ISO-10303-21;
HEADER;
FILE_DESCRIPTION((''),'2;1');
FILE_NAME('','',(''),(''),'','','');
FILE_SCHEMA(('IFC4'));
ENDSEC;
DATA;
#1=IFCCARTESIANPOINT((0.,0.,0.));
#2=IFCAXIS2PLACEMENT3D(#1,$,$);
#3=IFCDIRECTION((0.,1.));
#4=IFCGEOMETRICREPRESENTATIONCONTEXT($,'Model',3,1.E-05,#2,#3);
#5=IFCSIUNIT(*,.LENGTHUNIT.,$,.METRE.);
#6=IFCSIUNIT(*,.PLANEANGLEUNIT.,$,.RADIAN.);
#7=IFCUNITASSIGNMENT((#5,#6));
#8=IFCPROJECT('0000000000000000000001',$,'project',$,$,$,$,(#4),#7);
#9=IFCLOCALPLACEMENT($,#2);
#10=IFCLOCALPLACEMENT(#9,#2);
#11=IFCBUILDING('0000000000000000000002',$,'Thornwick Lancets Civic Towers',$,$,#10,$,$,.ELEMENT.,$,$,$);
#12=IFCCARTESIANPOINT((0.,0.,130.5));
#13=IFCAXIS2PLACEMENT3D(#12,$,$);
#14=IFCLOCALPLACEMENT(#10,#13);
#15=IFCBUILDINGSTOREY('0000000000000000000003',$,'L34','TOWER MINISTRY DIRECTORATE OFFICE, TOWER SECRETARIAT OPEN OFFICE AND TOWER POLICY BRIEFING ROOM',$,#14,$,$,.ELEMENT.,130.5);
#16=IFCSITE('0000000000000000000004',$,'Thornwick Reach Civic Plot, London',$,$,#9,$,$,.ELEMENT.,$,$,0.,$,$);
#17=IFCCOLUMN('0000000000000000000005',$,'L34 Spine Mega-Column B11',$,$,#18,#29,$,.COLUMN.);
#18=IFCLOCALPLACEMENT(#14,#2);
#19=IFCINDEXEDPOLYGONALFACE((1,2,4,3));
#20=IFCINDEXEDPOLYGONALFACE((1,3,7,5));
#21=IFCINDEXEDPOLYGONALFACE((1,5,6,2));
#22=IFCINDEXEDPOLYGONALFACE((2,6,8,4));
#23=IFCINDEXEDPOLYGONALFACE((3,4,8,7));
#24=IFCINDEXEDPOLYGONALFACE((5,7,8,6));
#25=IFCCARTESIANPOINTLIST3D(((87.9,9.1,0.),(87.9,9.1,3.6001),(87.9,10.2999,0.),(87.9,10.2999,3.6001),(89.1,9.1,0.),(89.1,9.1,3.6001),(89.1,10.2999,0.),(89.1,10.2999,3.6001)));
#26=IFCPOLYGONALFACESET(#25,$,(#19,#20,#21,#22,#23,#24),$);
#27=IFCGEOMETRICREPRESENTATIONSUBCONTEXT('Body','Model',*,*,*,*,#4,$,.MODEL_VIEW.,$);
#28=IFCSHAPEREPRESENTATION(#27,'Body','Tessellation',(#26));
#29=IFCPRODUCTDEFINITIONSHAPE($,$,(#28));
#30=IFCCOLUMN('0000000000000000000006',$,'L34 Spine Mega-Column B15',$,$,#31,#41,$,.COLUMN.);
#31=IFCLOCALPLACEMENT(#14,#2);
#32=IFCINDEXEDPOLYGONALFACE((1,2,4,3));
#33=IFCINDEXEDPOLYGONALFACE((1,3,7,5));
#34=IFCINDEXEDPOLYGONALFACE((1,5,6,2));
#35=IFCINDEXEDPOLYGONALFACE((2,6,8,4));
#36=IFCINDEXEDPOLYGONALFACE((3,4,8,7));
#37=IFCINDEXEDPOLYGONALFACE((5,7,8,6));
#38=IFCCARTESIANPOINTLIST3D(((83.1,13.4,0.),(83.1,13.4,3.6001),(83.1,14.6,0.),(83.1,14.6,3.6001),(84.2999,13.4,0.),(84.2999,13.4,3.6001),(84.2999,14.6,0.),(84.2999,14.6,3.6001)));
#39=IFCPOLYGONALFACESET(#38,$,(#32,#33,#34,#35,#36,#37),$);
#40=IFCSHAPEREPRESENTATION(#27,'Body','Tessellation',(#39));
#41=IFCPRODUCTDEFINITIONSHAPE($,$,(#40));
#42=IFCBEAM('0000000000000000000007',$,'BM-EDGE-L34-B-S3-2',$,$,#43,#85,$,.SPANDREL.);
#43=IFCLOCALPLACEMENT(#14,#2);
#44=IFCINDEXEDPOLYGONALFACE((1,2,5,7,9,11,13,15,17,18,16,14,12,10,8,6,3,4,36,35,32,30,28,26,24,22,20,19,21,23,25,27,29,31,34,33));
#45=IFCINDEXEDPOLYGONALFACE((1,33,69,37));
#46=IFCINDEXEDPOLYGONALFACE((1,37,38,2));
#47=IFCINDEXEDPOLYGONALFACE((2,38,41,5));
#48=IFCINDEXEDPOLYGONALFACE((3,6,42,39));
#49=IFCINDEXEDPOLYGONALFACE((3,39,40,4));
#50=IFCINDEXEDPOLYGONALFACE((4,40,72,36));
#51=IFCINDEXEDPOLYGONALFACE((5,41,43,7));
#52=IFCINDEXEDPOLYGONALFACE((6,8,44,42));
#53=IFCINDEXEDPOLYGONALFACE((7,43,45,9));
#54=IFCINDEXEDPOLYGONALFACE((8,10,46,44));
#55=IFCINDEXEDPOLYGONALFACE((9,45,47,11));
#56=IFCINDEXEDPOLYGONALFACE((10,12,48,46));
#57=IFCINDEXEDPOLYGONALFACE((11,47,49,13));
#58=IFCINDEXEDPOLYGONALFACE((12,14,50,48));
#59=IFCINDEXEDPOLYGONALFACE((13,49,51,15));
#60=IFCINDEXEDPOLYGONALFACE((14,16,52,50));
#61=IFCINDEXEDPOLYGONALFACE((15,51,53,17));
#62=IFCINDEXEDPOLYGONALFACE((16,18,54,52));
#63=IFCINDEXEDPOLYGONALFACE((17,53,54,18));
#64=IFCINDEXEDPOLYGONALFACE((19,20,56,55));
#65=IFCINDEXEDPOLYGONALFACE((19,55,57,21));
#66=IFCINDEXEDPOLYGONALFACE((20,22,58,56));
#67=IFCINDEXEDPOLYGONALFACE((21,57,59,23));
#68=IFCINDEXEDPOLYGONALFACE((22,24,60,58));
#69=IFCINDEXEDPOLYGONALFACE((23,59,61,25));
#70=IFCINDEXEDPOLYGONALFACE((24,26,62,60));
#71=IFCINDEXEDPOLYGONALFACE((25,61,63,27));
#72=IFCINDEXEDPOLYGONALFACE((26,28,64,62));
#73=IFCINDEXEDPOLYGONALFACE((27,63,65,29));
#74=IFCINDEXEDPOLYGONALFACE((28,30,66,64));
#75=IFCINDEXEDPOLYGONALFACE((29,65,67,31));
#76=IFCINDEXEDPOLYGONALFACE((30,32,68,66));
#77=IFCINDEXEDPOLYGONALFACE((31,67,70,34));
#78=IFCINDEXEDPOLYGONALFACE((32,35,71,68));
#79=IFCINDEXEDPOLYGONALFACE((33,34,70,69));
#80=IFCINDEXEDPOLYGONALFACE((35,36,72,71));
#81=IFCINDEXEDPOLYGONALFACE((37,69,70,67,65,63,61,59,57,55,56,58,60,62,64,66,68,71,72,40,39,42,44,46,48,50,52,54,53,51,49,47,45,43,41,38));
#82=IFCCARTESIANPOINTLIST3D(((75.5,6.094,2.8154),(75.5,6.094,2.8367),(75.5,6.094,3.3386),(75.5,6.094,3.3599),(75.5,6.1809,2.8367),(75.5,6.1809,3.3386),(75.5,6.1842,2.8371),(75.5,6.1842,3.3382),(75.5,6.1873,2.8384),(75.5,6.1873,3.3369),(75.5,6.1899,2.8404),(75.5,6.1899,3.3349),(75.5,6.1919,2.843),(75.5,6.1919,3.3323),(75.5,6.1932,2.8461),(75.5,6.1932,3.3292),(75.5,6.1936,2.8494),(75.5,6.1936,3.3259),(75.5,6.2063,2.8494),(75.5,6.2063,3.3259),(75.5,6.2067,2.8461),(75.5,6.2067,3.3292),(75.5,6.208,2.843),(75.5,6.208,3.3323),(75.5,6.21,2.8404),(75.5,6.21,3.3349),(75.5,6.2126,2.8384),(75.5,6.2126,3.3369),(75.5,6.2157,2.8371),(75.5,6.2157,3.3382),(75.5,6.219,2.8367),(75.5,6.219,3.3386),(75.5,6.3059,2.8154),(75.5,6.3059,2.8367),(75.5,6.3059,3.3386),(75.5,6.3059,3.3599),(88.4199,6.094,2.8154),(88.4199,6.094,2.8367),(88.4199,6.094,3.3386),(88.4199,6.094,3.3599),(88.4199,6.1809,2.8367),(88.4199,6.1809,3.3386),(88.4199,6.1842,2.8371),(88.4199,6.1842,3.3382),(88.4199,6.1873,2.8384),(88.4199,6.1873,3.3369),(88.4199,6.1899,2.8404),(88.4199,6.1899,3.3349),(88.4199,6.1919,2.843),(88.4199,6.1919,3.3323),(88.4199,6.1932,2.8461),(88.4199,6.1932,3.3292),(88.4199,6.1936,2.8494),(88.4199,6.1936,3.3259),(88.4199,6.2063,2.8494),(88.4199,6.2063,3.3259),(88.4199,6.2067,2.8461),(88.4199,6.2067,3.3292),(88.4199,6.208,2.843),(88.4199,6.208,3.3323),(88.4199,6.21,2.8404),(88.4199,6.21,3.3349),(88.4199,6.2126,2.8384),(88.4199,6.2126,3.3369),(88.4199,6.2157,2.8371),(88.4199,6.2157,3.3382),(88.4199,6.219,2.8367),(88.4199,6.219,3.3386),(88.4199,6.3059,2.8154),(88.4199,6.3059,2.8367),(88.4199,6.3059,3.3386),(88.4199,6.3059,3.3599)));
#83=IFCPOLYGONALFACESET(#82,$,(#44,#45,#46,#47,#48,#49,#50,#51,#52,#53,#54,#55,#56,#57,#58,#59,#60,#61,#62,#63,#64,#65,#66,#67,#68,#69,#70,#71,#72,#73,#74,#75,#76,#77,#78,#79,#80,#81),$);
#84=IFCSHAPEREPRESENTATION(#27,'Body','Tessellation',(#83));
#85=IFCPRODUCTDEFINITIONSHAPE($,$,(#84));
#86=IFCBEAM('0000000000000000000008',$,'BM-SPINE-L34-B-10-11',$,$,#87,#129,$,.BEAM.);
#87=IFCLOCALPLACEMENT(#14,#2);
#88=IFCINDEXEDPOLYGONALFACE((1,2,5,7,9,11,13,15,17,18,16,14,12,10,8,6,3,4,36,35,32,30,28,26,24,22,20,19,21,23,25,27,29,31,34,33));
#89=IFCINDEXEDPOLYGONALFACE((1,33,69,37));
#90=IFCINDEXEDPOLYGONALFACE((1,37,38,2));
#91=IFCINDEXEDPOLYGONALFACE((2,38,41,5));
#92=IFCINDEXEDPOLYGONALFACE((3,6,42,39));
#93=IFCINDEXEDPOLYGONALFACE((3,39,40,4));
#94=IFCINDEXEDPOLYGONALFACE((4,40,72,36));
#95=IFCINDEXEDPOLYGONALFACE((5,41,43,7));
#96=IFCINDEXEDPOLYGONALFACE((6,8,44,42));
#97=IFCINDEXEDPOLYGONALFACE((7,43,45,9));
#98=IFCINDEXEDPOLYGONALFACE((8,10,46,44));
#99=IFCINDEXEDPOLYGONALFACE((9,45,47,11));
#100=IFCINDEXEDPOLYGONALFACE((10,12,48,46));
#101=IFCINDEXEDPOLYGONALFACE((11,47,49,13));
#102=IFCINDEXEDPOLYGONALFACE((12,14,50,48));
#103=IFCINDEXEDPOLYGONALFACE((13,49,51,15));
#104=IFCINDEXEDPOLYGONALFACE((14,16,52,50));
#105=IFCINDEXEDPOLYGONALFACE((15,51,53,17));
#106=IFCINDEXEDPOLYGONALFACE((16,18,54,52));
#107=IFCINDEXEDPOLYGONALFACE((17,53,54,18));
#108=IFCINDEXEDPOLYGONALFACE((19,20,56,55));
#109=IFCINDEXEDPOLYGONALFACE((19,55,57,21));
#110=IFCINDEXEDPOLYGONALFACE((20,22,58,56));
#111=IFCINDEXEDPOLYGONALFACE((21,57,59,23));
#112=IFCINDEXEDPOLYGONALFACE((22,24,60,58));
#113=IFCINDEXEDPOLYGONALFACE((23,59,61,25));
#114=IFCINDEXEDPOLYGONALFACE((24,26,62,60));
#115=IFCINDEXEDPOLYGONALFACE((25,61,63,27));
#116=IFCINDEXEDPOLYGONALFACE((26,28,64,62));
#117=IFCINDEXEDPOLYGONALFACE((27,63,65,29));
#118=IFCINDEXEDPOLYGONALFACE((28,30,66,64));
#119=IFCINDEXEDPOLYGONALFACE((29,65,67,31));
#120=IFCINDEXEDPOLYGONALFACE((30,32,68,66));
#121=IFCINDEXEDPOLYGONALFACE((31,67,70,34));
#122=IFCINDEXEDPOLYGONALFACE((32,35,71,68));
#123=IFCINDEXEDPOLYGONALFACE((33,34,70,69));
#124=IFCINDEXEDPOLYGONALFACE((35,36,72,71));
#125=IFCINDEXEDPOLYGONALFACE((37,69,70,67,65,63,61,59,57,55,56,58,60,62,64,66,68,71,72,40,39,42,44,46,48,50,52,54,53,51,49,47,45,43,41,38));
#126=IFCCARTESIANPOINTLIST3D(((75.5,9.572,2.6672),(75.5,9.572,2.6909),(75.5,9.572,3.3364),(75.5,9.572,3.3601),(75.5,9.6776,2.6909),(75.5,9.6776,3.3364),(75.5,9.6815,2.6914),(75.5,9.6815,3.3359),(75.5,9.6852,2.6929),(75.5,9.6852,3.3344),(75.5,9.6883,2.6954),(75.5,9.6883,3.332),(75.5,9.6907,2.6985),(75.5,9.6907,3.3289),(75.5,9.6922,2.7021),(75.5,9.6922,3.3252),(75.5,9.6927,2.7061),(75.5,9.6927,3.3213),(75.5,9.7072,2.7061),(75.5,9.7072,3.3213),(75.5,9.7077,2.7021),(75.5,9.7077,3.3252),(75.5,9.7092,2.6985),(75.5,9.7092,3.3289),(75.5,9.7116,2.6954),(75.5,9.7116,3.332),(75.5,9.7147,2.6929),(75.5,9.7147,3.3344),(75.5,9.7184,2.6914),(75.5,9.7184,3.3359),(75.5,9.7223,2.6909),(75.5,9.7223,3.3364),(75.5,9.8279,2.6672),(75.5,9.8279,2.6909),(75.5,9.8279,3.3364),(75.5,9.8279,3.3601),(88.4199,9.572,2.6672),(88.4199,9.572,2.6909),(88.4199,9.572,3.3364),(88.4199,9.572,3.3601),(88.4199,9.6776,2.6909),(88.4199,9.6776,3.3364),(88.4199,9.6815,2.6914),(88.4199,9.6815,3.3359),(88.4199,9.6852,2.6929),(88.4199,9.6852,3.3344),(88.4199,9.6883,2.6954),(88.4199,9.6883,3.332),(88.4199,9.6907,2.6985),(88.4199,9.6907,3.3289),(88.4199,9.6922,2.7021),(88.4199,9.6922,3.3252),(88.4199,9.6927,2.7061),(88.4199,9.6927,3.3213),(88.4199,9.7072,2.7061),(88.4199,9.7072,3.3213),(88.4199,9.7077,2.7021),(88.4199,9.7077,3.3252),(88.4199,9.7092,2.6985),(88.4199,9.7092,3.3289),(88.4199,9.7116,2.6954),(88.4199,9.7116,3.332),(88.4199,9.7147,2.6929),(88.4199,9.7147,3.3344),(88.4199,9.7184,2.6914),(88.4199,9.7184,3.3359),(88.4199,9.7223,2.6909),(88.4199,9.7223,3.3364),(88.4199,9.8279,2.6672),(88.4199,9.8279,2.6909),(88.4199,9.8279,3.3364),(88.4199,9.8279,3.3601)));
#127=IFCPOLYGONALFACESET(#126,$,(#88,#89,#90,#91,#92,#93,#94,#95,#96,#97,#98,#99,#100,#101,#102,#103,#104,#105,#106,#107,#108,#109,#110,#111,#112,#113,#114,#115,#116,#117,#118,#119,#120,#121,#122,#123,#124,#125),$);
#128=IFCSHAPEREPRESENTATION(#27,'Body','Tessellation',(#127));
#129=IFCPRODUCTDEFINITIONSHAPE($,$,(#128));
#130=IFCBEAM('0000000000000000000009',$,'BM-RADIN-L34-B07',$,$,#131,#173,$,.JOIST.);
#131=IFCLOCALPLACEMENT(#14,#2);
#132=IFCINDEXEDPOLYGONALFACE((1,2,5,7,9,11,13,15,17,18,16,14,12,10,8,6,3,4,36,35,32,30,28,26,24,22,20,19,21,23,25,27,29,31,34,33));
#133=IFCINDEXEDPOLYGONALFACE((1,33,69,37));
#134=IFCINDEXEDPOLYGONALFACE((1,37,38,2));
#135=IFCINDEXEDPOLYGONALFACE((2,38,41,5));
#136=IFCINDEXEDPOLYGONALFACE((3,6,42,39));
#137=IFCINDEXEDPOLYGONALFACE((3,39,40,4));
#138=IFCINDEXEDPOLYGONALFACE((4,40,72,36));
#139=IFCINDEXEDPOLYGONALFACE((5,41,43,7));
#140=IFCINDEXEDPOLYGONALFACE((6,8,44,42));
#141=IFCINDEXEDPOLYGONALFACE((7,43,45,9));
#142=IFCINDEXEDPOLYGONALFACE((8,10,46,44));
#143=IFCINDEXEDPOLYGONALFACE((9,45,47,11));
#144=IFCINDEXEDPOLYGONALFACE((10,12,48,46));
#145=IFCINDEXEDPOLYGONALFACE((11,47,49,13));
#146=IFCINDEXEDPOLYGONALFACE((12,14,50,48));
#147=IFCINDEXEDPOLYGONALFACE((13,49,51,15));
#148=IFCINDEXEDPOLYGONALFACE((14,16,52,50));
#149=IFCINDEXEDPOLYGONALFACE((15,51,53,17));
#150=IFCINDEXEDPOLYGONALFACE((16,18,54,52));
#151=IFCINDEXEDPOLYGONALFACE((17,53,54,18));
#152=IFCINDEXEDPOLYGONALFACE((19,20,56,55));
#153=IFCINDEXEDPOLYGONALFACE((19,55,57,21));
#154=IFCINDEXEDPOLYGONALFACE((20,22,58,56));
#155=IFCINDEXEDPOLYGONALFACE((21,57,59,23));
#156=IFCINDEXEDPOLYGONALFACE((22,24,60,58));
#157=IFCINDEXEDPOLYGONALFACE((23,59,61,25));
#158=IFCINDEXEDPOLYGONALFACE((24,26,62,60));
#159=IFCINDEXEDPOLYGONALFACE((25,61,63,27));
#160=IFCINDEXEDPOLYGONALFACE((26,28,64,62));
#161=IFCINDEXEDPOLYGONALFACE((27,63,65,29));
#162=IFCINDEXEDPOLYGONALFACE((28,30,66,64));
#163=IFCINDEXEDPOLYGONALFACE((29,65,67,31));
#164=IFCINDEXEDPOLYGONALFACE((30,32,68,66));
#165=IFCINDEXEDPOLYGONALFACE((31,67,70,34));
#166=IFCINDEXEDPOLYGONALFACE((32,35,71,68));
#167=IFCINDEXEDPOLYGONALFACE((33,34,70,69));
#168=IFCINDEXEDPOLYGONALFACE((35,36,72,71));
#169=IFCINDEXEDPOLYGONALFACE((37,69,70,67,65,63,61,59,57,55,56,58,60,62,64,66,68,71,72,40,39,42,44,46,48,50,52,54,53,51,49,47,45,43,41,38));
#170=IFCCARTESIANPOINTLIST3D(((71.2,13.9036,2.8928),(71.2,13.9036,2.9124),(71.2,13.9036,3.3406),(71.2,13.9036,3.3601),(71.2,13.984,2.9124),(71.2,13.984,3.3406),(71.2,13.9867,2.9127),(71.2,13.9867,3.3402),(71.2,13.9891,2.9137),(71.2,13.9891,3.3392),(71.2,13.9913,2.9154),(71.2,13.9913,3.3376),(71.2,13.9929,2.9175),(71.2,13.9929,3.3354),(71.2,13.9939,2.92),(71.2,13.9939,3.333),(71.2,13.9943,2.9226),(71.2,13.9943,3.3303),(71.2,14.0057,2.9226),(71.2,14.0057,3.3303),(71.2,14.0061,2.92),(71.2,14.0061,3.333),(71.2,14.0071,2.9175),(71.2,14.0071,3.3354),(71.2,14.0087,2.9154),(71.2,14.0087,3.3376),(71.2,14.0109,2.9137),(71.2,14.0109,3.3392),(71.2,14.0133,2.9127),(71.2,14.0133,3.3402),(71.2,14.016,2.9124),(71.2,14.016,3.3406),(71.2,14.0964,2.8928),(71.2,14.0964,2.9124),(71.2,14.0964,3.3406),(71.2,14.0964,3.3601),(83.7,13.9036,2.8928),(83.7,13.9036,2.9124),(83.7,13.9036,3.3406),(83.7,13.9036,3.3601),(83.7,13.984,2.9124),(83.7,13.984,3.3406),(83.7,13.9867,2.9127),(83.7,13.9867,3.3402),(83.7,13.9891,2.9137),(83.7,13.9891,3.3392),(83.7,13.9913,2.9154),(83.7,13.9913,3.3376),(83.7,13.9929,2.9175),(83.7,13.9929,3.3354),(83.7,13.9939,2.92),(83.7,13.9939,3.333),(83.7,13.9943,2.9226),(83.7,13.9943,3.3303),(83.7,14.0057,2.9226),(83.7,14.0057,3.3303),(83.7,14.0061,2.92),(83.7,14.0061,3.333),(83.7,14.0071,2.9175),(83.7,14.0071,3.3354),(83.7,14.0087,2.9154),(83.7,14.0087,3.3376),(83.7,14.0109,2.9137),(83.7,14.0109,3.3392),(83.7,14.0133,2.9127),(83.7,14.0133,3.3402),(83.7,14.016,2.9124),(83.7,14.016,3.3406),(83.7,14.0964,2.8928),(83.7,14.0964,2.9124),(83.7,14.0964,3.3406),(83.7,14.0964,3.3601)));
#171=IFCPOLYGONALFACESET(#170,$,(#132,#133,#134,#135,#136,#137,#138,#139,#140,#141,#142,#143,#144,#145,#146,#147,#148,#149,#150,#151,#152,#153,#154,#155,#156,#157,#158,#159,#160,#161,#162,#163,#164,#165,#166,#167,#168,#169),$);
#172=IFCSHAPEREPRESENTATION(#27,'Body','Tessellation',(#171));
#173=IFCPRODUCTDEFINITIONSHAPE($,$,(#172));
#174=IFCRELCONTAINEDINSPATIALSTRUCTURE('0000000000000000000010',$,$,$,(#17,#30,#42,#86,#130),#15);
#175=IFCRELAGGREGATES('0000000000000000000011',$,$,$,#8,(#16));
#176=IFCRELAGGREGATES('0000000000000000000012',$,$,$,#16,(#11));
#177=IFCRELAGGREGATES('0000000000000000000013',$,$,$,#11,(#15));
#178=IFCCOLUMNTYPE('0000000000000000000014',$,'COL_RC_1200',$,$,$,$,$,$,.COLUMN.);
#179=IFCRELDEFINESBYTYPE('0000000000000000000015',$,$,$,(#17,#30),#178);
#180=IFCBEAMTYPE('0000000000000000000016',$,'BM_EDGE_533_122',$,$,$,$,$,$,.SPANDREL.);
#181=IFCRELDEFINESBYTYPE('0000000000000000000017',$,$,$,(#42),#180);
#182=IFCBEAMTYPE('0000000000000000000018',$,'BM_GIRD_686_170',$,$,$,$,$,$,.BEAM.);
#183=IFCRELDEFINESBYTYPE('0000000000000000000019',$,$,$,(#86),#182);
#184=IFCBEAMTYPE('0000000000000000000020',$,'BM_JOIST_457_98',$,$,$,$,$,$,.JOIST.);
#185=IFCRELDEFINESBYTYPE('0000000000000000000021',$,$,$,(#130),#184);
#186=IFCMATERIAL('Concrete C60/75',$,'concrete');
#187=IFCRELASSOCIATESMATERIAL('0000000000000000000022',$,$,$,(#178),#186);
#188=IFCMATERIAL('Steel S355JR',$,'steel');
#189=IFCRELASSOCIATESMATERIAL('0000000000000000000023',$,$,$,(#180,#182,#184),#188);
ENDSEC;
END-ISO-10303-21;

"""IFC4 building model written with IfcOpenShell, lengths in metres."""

from ifc_helpers import new_model, si_unit, direction, frame, origin, origin_2d, place, context, subcontext, project, spatial, rectangle, i_section, extrude, material, material_profile, profile_set, type_object, element, save


model = new_model("IFC4")

# Units and contexts
model_context = context("Model", 3, precision=1e-05, world=origin(), true_north=direction((0.0, 1.0)))
body_context = subcontext(model_context, "Body", "Model", "MODEL_VIEW")
ifc_project = project(units=[si_unit("LENGTHUNIT", "METRE"), si_unit("PLANEANGLEUNIT", "RADIAN")], contexts=[model_context])

# Site, building, storey
site_placement = place(None, origin())
site = spatial("IfcSite", under=ifc_project, at=site_placement, Name="Thornwick Reach Civic Plot, London", CompositionType="ELEMENT", RefElevation=0.0)
building_placement = place(site_placement, origin())
building = spatial("IfcBuilding", under=site, at=building_placement, Name="Thornwick Lancets Civic Towers", CompositionType="ELEMENT")
storey_placement = place(building_placement, frame((0.0, 0.0, 130.5)))
storey = spatial("IfcBuildingStorey", under=building, at=storey_placement, Name="L34", Description="TOWER MINISTRY DIRECTORATE OFFICE, TOWER SECRETARIAT OPEN OFFICE AND TOWER POLICY BRIEFING ROOM", CompositionType="ELEMENT", Elevation=130.5)

# Columns
ifc_material_1 = material(Name="Concrete C60/75", Category="concrete")
ifc_material_profile_1 = material_profile(ifc_material_1, rectangle(XDim=1.2, YDim=1.2, at=origin_2d()), Name="RC 1200x1200")
ifc_profile_set_1 = profile_set([ifc_material_profile_1], Name="Concrete C60/75")
column_type = type_object("IfcColumnType", Name="COL_RC_1200", PredefinedType="COLUMN", material=ifc_profile_set_1)
for number, where, z_axis, x_axis, name in (
    (1, (88.5, 9.7, 0.0), (0.0, 0.0, 1.0), (1.0, 0.0, 0.0), "L34 Spine Mega-Column B11"),
    (2, (83.7, 14.0, 0.0), (0.0, 0.0, 1.0), (1.0, 0.0, 0.0), "L34 Spine Mega-Column B15"),
):
    element("IfcColumn", number, at=place(storey_placement, frame(where, z_axis=z_axis, x_axis=x_axis)), inside=storey, type_object=column_type, Name=name, PredefinedType="COLUMN", context=body_context, shape_type="SweptSolid", body=[
        extrude(rectangle(XDim=1.2, YDim=1.2, at=origin_2d()), origin(), (0.0, 0.0, 1.0), 3.6001),
    ])

# Beams
ifc_material_2 = material(Name="Steel S355JR", Category="steel")
ifc_material_profile_2 = material_profile(ifc_material_2, i_section(OverallWidth=0.2119, OverallDepth=0.5444, WebThickness=0.0127, FlangeThickness=0.0212, FilletRadius=0.0127, at=origin_2d()), Name="UKB 533x210x122")
ifc_profile_set_2 = profile_set([ifc_material_profile_2], Name="Steel S355JR")
beam_type_1 = type_object("IfcBeamType", Name="BM_EDGE_533_122", PredefinedType="SPANDREL", material=ifc_profile_set_2)
beam_1_placement = place(storey_placement, frame((88.4199, 6.2, 3.0876), z_axis=(-1.0, 0.0, 0.0), x_axis=(0.0, -1.0, 0.0)))
element("IfcBeam", 3, at=beam_1_placement, inside=storey, type_object=beam_type_1, Name="BM-EDGE-L34-B-S3-2", PredefinedType="SPANDREL", context=body_context, shape_type="SweptSolid", body=[
    extrude(i_section(OverallWidth=0.2119, OverallDepth=0.5444, WebThickness=0.0127, FlangeThickness=0.0212, FilletRadius=0.0127, at=origin_2d()), origin(), (0.0, 0.0, 1.0), 12.9199),
])
ifc_material_profile_3 = material_profile(ifc_material_2, i_section(OverallWidth=0.2559, OverallDepth=0.6929, WebThickness=0.0144, FlangeThickness=0.0237, FilletRadius=0.0151, at=origin_2d()), Name="UKB 686x254x170")
ifc_profile_set_3 = profile_set([ifc_material_profile_3], Name="Steel S355JR")
beam_type_2 = type_object("IfcBeamType", Name="BM_GIRD_686_170", PredefinedType="BEAM", material=ifc_profile_set_3)
beam_2_placement = place(storey_placement, frame((88.4199, 9.7, 3.0137), z_axis=(-1.0, 0.0, 0.0), x_axis=(0.0, -1.0, 0.0)))
element("IfcBeam", 4, at=beam_2_placement, inside=storey, type_object=beam_type_2, Name="BM-SPINE-L34-B-10-11", PredefinedType="BEAM", context=body_context, shape_type="SweptSolid", body=[
    extrude(i_section(OverallWidth=0.2559, OverallDepth=0.6929, WebThickness=0.0144, FlangeThickness=0.0237, FilletRadius=0.0151, at=origin_2d()), origin(), (0.0, 0.0, 1.0), 12.9199),
])
ifc_material_profile_4 = material_profile(ifc_material_2, i_section(OverallWidth=0.1929, OverallDepth=0.4673, WebThickness=0.0115, FlangeThickness=0.0195, FilletRadius=0.0103, at=origin_2d()), Name="UKB 457x191x98")
ifc_profile_set_4 = profile_set([ifc_material_profile_4], Name="Steel S355JR")
beam_type_3 = type_object("IfcBeamType", Name="BM_JOIST_457_98", PredefinedType="JOIST", material=ifc_profile_set_4)
beam_3_placement = place(storey_placement, frame((83.7, 14.0, 3.1265), z_axis=(-1.0, 0.0, 0.0), x_axis=(0.0, -1.0, 0.0)))
element("IfcBeam", 5, at=beam_3_placement, inside=storey, type_object=beam_type_3, Name="BM-RADIN-L34-B07", PredefinedType="JOIST", context=body_context, shape_type="SweptSolid", body=[
    extrude(i_section(OverallWidth=0.1929, OverallDepth=0.4673, WebThickness=0.0115, FlangeThickness=0.0195, FilletRadius=0.0103, at=origin_2d()), origin(), (0.0, 0.0, 1.0), 12.5),
])

save(model, "model.ifc")
